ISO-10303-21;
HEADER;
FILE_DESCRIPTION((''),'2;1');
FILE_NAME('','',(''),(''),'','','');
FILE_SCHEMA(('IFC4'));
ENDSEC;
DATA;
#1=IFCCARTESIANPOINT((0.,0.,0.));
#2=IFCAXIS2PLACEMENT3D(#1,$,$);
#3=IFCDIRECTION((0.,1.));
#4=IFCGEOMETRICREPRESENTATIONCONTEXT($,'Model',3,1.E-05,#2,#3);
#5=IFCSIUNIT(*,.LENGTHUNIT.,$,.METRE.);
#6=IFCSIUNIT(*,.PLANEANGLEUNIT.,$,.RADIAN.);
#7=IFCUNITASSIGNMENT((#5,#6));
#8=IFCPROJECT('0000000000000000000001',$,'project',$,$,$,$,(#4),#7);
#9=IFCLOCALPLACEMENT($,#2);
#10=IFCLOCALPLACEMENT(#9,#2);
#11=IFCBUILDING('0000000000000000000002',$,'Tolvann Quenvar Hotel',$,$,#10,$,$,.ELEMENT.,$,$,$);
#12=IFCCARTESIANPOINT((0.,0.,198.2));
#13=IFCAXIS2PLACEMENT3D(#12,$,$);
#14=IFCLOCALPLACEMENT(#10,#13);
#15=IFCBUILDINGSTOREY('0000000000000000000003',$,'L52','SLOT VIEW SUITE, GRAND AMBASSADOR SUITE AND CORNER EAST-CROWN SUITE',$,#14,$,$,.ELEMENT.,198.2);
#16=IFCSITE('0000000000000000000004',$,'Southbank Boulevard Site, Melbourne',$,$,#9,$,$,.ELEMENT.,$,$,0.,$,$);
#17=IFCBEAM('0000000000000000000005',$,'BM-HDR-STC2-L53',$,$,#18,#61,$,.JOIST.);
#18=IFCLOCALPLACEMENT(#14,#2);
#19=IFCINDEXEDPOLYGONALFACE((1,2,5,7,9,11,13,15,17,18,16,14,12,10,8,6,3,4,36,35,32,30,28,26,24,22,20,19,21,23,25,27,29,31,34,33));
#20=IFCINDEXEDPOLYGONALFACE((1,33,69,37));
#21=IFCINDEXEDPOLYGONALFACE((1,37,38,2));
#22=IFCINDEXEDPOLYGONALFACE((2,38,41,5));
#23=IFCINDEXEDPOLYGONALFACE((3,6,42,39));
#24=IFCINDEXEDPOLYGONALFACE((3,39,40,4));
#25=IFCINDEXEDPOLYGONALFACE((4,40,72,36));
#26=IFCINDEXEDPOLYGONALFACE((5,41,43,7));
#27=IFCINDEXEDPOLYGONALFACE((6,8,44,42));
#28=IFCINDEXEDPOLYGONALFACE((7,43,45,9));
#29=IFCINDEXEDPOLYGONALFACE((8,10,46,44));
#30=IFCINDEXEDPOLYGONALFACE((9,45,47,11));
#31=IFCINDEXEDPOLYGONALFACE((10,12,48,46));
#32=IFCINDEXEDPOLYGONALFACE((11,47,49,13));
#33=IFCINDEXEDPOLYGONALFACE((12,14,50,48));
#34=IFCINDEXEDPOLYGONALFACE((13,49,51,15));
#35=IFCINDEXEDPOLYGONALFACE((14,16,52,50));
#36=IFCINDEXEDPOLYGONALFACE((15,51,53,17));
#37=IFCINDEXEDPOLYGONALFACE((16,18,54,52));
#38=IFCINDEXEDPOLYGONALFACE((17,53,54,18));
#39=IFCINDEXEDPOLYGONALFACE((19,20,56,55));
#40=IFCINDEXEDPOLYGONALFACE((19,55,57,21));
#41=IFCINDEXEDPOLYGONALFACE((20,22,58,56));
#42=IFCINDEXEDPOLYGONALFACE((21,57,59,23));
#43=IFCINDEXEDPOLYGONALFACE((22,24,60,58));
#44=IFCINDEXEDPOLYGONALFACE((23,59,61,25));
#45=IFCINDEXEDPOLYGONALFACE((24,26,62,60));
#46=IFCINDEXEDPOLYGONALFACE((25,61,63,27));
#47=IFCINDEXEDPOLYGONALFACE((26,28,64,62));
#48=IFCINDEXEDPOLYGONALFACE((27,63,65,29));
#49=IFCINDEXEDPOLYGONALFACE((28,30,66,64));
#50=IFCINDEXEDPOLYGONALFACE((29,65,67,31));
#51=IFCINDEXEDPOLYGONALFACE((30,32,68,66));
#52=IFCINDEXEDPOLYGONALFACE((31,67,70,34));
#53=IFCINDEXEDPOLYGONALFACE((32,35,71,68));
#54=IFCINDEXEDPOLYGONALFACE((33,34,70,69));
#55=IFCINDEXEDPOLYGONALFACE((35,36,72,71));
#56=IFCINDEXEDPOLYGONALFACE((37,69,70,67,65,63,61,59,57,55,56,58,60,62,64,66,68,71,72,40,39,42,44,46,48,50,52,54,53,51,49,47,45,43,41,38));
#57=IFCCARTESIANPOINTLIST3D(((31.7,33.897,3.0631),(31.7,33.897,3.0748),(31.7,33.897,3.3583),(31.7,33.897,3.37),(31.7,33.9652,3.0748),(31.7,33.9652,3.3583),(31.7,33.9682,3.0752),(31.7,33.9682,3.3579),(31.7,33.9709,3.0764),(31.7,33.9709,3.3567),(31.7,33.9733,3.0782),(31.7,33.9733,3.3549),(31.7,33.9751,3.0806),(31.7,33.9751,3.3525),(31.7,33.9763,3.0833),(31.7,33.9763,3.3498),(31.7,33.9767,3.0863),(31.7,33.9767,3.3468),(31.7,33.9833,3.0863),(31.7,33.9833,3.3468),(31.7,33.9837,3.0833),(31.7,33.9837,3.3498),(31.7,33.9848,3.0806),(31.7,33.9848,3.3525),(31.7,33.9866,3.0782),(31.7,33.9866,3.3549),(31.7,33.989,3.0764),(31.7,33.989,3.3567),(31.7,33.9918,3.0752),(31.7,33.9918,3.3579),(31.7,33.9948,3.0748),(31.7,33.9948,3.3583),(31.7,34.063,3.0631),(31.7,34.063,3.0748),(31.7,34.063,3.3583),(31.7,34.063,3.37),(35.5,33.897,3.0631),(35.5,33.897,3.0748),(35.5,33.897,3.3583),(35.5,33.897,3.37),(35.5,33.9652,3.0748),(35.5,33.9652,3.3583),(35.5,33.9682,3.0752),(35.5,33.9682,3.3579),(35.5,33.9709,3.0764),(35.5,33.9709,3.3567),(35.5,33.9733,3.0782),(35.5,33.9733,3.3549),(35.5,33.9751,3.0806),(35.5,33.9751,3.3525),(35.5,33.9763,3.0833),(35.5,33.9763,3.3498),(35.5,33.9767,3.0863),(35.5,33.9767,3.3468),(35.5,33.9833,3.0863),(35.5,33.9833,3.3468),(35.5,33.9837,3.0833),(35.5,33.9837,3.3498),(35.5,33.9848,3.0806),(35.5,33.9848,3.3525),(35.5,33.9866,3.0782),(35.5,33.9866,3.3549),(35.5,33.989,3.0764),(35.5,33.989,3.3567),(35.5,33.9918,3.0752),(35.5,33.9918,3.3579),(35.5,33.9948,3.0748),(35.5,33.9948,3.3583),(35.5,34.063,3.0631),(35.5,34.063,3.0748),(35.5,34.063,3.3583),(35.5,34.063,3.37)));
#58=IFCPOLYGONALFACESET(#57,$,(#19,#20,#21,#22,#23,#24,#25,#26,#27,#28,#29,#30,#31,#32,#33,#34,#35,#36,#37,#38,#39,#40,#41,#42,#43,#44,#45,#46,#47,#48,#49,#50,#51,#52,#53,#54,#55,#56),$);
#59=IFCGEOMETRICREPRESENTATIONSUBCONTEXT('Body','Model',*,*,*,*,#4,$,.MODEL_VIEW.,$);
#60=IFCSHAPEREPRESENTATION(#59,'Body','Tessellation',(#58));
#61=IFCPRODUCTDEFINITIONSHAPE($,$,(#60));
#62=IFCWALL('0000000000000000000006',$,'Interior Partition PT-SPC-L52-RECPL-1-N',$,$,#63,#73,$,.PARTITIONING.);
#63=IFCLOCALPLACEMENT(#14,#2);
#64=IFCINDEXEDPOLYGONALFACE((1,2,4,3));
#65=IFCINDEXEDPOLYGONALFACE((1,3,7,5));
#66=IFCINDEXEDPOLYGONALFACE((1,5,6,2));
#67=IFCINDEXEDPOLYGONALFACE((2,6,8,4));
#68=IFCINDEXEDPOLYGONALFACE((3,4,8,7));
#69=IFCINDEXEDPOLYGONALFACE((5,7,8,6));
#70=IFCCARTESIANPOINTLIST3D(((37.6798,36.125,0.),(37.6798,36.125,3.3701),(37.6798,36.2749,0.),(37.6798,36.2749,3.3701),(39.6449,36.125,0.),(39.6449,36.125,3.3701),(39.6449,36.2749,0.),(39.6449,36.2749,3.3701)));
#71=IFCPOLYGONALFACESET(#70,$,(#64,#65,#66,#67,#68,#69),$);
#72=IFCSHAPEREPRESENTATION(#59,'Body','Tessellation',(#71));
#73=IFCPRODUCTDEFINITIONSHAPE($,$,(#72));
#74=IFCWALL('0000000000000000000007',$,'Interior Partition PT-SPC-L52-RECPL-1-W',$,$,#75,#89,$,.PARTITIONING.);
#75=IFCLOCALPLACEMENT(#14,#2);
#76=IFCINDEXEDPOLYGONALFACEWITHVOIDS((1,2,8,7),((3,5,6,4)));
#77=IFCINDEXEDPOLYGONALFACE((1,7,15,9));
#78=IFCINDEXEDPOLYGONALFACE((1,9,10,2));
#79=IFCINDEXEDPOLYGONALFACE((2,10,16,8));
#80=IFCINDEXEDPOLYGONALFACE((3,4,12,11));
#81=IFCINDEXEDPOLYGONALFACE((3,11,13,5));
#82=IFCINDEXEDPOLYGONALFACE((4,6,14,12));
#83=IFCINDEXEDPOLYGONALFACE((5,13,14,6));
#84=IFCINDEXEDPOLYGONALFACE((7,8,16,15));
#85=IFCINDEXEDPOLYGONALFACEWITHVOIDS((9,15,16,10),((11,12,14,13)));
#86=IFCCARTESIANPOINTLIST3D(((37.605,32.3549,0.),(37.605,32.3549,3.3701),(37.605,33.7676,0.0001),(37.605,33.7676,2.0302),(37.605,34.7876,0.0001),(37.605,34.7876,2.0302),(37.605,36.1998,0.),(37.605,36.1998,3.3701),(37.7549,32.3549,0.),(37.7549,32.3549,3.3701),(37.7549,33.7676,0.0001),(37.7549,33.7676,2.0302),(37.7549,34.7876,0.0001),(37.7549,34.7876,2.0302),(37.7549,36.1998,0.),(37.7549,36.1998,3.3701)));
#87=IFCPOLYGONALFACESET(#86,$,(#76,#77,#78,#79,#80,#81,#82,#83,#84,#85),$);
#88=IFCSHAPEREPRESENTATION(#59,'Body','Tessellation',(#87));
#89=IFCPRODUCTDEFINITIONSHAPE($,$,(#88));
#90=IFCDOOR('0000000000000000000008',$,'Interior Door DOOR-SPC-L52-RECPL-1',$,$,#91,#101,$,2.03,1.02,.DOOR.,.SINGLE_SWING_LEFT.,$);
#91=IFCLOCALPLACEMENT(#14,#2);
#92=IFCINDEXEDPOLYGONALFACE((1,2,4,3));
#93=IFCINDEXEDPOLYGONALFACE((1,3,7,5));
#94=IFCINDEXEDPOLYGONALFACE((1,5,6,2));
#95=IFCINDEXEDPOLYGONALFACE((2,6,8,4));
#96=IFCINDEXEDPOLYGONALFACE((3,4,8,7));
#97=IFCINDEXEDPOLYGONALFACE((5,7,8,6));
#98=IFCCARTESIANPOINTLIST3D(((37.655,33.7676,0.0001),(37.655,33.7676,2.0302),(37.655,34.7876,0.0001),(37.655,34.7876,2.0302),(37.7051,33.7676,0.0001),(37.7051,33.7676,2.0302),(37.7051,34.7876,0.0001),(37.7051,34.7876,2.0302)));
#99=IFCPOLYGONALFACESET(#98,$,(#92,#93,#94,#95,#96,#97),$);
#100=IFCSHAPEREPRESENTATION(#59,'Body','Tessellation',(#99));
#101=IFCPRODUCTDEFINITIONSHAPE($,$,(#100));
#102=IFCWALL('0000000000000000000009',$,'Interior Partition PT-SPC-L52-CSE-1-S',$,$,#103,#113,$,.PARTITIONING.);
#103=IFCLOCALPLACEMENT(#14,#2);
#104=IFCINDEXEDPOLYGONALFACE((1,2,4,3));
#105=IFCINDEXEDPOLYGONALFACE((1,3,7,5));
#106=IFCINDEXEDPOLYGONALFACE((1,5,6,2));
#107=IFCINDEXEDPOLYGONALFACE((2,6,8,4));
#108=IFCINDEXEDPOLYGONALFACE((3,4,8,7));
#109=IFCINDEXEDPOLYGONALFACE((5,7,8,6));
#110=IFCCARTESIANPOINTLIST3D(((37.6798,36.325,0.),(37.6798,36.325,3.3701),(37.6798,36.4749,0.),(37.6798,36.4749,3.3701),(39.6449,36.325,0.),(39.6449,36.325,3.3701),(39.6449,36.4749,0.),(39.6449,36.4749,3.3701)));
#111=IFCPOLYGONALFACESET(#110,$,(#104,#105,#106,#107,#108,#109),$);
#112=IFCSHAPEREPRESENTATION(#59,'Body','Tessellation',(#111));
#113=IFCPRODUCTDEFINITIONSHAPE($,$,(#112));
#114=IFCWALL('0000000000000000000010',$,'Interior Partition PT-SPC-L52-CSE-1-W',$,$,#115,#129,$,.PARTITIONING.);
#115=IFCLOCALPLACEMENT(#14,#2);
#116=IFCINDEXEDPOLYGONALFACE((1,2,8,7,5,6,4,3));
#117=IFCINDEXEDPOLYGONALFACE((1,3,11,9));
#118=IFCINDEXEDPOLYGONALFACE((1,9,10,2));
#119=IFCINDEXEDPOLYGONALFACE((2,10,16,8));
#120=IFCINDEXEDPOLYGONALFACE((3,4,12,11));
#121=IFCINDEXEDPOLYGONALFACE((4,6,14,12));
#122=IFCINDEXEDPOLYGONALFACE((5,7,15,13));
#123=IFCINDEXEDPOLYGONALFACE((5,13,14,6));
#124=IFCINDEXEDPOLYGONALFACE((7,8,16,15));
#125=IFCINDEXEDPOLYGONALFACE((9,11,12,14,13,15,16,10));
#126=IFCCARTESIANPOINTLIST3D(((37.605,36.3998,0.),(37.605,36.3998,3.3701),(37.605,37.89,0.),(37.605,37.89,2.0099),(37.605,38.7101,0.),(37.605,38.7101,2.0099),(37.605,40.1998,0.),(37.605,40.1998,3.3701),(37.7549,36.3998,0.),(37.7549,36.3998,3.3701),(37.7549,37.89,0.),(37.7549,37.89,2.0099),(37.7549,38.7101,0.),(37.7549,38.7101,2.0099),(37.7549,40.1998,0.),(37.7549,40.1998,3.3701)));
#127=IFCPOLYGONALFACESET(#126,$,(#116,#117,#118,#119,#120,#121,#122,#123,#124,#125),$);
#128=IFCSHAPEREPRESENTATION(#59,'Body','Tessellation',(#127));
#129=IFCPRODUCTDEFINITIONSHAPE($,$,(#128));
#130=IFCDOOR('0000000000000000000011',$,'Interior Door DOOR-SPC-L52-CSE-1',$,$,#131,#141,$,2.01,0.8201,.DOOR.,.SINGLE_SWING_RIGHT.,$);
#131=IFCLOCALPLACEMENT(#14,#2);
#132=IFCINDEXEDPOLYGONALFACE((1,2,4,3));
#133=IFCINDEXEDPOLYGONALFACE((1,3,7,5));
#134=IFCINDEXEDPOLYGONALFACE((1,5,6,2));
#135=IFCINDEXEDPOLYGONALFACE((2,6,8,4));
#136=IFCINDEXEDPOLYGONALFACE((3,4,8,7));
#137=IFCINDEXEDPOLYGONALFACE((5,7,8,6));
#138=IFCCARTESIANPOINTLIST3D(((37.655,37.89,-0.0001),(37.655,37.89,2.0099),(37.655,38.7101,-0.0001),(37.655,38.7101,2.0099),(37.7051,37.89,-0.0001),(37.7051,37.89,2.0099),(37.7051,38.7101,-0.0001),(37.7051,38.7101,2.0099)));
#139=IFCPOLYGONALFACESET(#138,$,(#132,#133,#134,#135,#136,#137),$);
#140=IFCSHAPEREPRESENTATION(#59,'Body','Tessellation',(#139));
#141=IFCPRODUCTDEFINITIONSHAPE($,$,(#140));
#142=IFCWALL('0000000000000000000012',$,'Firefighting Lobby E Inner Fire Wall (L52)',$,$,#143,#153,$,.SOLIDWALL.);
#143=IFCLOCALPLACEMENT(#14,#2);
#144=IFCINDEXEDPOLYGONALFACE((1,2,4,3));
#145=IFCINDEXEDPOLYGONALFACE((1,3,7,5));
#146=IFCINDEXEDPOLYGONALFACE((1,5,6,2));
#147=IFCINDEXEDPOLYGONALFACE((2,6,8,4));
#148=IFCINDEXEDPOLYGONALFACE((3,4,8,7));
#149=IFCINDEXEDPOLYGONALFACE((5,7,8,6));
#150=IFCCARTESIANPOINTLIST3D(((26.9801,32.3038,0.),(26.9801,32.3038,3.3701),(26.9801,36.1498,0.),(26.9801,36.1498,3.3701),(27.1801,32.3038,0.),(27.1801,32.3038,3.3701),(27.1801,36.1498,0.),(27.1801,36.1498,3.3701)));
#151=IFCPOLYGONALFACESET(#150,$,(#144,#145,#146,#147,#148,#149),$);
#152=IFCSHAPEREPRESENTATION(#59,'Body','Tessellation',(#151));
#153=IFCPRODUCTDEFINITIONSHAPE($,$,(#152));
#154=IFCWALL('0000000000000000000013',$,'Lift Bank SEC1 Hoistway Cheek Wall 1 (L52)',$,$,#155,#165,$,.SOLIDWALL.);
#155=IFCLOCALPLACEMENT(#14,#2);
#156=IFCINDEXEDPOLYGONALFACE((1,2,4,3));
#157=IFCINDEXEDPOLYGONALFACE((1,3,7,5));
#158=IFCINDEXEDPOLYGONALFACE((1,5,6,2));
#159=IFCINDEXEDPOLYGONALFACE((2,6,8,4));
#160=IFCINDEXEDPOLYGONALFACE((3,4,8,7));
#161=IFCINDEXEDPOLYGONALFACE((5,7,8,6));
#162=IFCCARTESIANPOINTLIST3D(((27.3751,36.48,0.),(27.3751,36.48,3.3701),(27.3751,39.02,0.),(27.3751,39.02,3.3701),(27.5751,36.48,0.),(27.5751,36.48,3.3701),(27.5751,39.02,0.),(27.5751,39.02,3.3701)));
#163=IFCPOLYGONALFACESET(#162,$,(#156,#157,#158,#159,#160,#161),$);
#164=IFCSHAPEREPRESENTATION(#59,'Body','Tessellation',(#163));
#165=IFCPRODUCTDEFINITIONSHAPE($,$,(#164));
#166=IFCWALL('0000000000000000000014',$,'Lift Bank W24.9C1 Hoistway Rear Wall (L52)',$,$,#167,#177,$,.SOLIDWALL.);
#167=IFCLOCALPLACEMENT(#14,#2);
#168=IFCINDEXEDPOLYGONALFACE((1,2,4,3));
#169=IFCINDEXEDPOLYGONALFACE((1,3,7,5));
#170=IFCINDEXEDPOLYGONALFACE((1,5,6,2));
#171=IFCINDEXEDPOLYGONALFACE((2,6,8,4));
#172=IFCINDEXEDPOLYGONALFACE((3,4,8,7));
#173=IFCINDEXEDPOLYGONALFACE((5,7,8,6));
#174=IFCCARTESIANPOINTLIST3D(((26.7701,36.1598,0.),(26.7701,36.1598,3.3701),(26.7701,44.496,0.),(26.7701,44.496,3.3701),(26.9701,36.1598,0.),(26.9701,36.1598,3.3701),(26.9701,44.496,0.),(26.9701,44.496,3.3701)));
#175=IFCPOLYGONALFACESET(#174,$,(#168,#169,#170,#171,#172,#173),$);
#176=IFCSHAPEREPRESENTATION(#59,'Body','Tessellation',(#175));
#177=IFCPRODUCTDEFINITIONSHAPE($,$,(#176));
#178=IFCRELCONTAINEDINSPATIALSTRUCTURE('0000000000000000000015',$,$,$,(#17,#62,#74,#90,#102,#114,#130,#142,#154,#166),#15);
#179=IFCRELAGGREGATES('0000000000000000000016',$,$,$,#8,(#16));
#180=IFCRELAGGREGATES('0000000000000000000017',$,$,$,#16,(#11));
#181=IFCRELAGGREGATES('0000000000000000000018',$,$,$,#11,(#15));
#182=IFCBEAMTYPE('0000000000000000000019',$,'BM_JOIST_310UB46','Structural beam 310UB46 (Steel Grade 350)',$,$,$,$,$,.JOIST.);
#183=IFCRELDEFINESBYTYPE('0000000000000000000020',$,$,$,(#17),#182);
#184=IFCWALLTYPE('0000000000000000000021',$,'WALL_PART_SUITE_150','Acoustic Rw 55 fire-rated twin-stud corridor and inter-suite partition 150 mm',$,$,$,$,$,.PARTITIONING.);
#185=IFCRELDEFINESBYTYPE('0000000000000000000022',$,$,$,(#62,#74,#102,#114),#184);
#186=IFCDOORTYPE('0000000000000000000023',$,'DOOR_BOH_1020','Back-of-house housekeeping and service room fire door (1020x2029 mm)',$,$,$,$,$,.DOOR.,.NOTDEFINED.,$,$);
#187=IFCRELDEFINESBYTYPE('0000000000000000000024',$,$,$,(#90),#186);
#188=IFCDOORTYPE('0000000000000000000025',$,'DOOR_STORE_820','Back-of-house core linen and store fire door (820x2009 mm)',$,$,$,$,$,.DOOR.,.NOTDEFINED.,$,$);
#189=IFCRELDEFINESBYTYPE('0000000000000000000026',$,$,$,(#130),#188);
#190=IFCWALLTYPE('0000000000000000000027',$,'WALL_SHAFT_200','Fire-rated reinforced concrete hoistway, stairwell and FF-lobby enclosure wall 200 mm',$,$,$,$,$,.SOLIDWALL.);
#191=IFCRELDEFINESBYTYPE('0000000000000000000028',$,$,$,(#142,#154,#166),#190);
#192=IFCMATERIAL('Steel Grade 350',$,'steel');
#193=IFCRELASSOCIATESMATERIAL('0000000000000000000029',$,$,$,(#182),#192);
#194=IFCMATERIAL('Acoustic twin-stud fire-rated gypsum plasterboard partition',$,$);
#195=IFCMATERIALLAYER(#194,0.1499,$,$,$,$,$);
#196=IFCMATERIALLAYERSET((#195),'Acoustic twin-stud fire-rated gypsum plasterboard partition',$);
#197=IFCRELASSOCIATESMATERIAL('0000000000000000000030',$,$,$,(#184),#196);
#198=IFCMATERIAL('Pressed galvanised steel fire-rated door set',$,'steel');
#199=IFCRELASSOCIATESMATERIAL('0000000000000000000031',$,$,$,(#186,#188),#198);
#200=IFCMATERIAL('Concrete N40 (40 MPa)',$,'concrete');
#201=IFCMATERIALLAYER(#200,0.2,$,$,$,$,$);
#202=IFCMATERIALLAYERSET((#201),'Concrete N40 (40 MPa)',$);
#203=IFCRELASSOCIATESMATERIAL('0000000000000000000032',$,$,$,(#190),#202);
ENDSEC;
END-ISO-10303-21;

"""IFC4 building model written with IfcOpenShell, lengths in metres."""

from ifc_helpers import new_model, si_unit, direction, frame, frame_2d, origin, origin_2d, place, context, subcontext, project, spatial, rectangle, i_section, extrude, source, transform, mapped, material, layer, layer_set, material_profile, profile_set, type_object, type_shapes, element, fill, save


model = new_model("IFC4")

# Units and contexts
model_context = context("Model", 3, precision=1e-05, world=origin(), true_north=direction((0.0, 1.0)))
body_context = subcontext(model_context, "Body", "Model", "MODEL_VIEW")
ifc_project = project(units=[si_unit("LENGTHUNIT", "METRE"), si_unit("PLANEANGLEUNIT", "RADIAN")], contexts=[model_context])

# Site, building, storey
site_placement = place(None, origin())
site = spatial("IfcSite", under=ifc_project, at=site_placement, Name="Southbank Boulevard Site, Melbourne", CompositionType="ELEMENT", RefElevation=0.0)
building_placement = place(site_placement, origin())
building = spatial("IfcBuilding", under=site, at=building_placement, Name="Tolvann Quenvar Hotel", CompositionType="ELEMENT")
storey_placement = place(building_placement, frame((0.0, 0.0, 198.2)))
storey = spatial("IfcBuildingStorey", under=building, at=storey_placement, Name="L52", Description="SLOT VIEW SUITE, GRAND AMBASSADOR SUITE AND CORNER EAST-CROWN SUITE", CompositionType="ELEMENT", Elevation=198.2)

# Beam
ifc_material_1 = material(Name="Steel Grade 350", Category="steel")
ifc_material_profile = material_profile(ifc_material_1, i_section(OverallWidth=0.166, OverallDepth=0.3069, WebThickness=0.0066, FlangeThickness=0.0117, FilletRadius=0.0115, at=origin_2d()), Name="310UB46")
ifc_profile_set = profile_set([ifc_material_profile], Name="Steel Grade 350")
beam_type = type_object("IfcBeamType", Name="BM_JOIST_310UB46", Description="Structural beam 310UB46 (Steel Grade 350)", PredefinedType="JOIST", material=ifc_profile_set)
shared_shape_1 = source(origin(), body_context, "Body", "SweptSolid", [
    extrude(i_section(OverallWidth=0.166, OverallDepth=0.3069, WebThickness=0.0066, FlangeThickness=0.0117, FilletRadius=0.0115, at=origin_2d()), origin(), (0.0, 0.0, 1.0), 3.8),
])
type_shapes(beam_type, [shared_shape_1])
beam_placement = place(storey_placement, frame((31.7, 33.98, 3.2166), z_axis=(1.0, 0.0, 0.0), x_axis=(0.0, 1.0, 0.0)))
element("IfcBeam", 1, at=beam_placement, inside=storey, type_object=beam_type, Name="BM-HDR-STC2-L53", PredefinedType="JOIST", context=body_context, shape_type="MappedRepresentation", body=[
    mapped(shared_shape_1, transform((0.0, 0.0, 0.0), x_axis=(1.0, 0.0, 0.0), y_axis=(0.0, 1.0, 0.0), z_axis=(0.0, 0.0, 1.0), scale=1.0)),
])

# Wall
ifc_material_2 = material(Name="Acoustic twin-stud fire-rated gypsum plasterboard partition")
ifc_layer_1 = layer(ifc_material_2, 0.1499)
ifc_layer_set_1 = layer_set([ifc_layer_1], Name="Acoustic twin-stud fire-rated gypsum plasterboard partition")
wall_type_1 = type_object("IfcWallType", Name="WALL_PART_SUITE_150", Description="Acoustic Rw 55 fire-rated twin-stud corridor and inter-suite partition 150 mm", PredefinedType="PARTITIONING", material=ifc_layer_set_1)
wall_1_placement = place(storey_placement, frame((37.6799, 36.2, 0.0), z_axis=(0.0, 0.0, 1.0), x_axis=(1.0, 0.0, 0.0)))
element("IfcWall", 2, at=wall_1_placement, inside=storey, type_object=wall_type_1, Name="Interior Partition PT-SPC-L52-RECPL-1-N", PredefinedType="PARTITIONING", context=body_context, shape_type="SweptSolid", body=[
    extrude(rectangle(XDim=1.9651, YDim=0.1499, at=frame_2d((0.9824, 0.0))), origin(), (0.0, 0.0, 1.0), 3.3701),
])

# Wall, opening, door
wall_2_placement = place(storey_placement, frame((37.6799, 32.355, 0.0), z_axis=(0.0, 0.0, 1.0), x_axis=(0.0, 1.0, 0.0)))
wall_2 = element("IfcWall", 3, at=wall_2_placement, inside=storey, type_object=wall_type_1, Name="Interior Partition PT-SPC-L52-RECPL-1-W", PredefinedType="PARTITIONING", context=body_context, shape_type="SweptSolid", body=[
    extrude(rectangle(XDim=3.845, YDim=0.1499, at=frame_2d((1.9224, 0.0))), origin(), (0.0, 0.0, 1.0), 3.3701),
])
opening_1_placement = place(wall_2_placement, frame((1.4126, 0.0, 0.0)))
opening_1 = element("IfcOpeningElement", 4, at=opening_1_placement, cuts=wall_2, PredefinedType="OPENING", context=body_context, shape_type="SweptSolid", body=[
    extrude(rectangle(XDim=1.02, YDim=2.03, at=frame_2d((0.51, 1.0151))), frame((0.0, 0.085, 0.0), z_axis=(0.0, -1.0, 0.0), x_axis=(1.0, 0.0, 0.0)), (0.0, 0.0, 1.0), 0.1699),
])
ifc_material_3 = material(Name="Pressed galvanised steel fire-rated door set", Category="steel")
door_type_1 = type_object("IfcDoorType", Name="DOOR_BOH_1020", Description="Back-of-house housekeeping and service room fire door (1020x2029 mm)", OperationType="NOTDEFINED", PredefinedType="DOOR", material=ifc_material_3)
shared_shape_2 = source(origin(), body_context, "Body", "SweptSolid", [
    extrude(rectangle(XDim=1.02, YDim=2.03, at=frame_2d((0.51, 1.0151))), frame((0.0, 0.0249, 0.0), z_axis=(0.0, -1.0, 0.0), x_axis=(1.0, 0.0, 0.0)), (0.0, 0.0, 1.0), 0.05),
])
type_shapes(door_type_1, [shared_shape_2])
door_1_placement = place(opening_1_placement, origin())
door_1 = element("IfcDoor", 5, at=door_1_placement, inside=storey, type_object=door_type_1, Name="Interior Door DOOR-SPC-L52-RECPL-1", OperationType="SINGLE_SWING_LEFT", OverallHeight=2.03, OverallWidth=1.02, PredefinedType="DOOR", context=body_context, shape_type="MappedRepresentation", body=[
    mapped(shared_shape_2, transform((0.0, 0.0, 0.0), x_axis=(1.0, 0.0, 0.0), y_axis=(0.0, 1.0, 0.0), z_axis=(0.0, 0.0, 1.0), scale=1.0)),
])
fill(opening_1, door_1)

# Wall
wall_3_placement = place(storey_placement, frame((37.6799, 36.3999, 0.0), z_axis=(0.0, 0.0, 1.0), x_axis=(1.0, 0.0, 0.0)))
element("IfcWall", 6, at=wall_3_placement, inside=storey, type_object=wall_type_1, Name="Interior Partition PT-SPC-L52-CSE-1-S", PredefinedType="PARTITIONING", context=body_context, shape_type="SweptSolid", body=[
    extrude(rectangle(XDim=1.9651, YDim=0.1499, at=frame_2d((0.9824, 0.0))), origin(), (0.0, 0.0, 1.0), 3.3701),
])

# Wall, opening, door
wall_4_placement = place(storey_placement, frame((37.6799, 36.3999, 0.0), z_axis=(0.0, 0.0, 1.0), x_axis=(0.0, 1.0, 0.0)))
wall_4 = element("IfcWall", 7, at=wall_4_placement, inside=storey, type_object=wall_type_1, Name="Interior Partition PT-SPC-L52-CSE-1-W", PredefinedType="PARTITIONING", context=body_context, shape_type="SweptSolid", body=[
    extrude(rectangle(XDim=3.8, YDim=0.1499, at=frame_2d((1.8999, 0.0))), origin(), (0.0, 0.0, 1.0), 3.3701),
])
opening_2_placement = place(wall_4_placement, frame((1.49, 0.0, 0.0)))
opening_2 = element("IfcOpeningElement", 8, at=opening_2_placement, cuts=wall_4, PredefinedType="OPENING", context=body_context, shape_type="SweptSolid", body=[
    extrude(rectangle(XDim=0.8201, YDim=2.01, at=frame_2d((0.4102, 1.0049))), frame((0.0, 0.085, 0.0), z_axis=(0.0, -1.0, 0.0), x_axis=(1.0, 0.0, 0.0)), (0.0, 0.0, 1.0), 0.1699),
])
door_type_2 = type_object("IfcDoorType", Name="DOOR_STORE_820", Description="Back-of-house core linen and store fire door (820x2009 mm)", OperationType="NOTDEFINED", PredefinedType="DOOR", material=ifc_material_3)
shared_shape_3 = source(origin(), body_context, "Body", "SweptSolid", [
    extrude(rectangle(XDim=0.8201, YDim=2.01, at=frame_2d((0.4102, 1.0049))), frame((0.0, 0.0249, 0.0), z_axis=(0.0, -1.0, 0.0), x_axis=(1.0, 0.0, 0.0)), (0.0, 0.0, 1.0), 0.05),
])
type_shapes(door_type_2, [shared_shape_3])
door_2_placement = place(opening_2_placement, origin())
door_2 = element("IfcDoor", 9, at=door_2_placement, inside=storey, type_object=door_type_2, Name="Interior Door DOOR-SPC-L52-CSE-1", OperationType="SINGLE_SWING_RIGHT", OverallHeight=2.01, OverallWidth=0.8201, PredefinedType="DOOR", context=body_context, shape_type="MappedRepresentation", body=[
    mapped(shared_shape_3, transform((0.0, 0.0, 0.0), x_axis=(1.0, 0.0, 0.0), y_axis=(0.0, 1.0, 0.0), z_axis=(0.0, 0.0, 1.0), scale=1.0)),
])
fill(opening_2, door_2)

# Wall
ifc_material_4 = material(Name="Concrete N40 (40 MPa)", Category="concrete")
ifc_layer_2 = layer(ifc_material_4, 0.2)
ifc_layer_set_2 = layer_set([ifc_layer_2], Name="Concrete N40 (40 MPa)")
wall_type_2 = type_object("IfcWallType", Name="WALL_SHAFT_200", Description="Fire-rated reinforced concrete hoistway, stairwell and FF-lobby enclosure wall 200 mm", PredefinedType="SOLIDWALL", material=ifc_layer_set_2)
wall_5_placement = place(storey_placement, frame((27.0801, 32.304, 0.0), z_axis=(0.0, 0.0, 1.0), x_axis=(0.0, 1.0, 0.0)))
element("IfcWall", 10, at=wall_5_placement, inside=storey, type_object=wall_type_2, Name="Firefighting Lobby E Inner Fire Wall (L52)", PredefinedType="SOLIDWALL", context=body_context, shape_type="SweptSolid", body=[
    extrude(rectangle(XDim=3.8459, YDim=0.2, at=frame_2d((1.9229, 0.0))), origin(), (0.0, 0.0, 1.0), 3.3701),
])

# Wall
wall_6_placement = place(storey_placement, frame((27.4751, 36.48, 0.0), z_axis=(0.0, 0.0, 1.0), x_axis=(0.0, 1.0, 0.0)))
element("IfcWall", 11, at=wall_6_placement, inside=storey, type_object=wall_type_2, Name="Lift Bank SEC1 Hoistway Cheek Wall 1 (L52)", PredefinedType="SOLIDWALL", context=body_context, shape_type="SweptSolid", body=[
    extrude(rectangle(XDim=2.54, YDim=0.2, at=frame_2d((1.27, 0.0))), origin(), (0.0, 0.0, 1.0), 3.3701),
])

# Wall
wall_7_placement = place(storey_placement, frame((26.8701, 36.1599, 0.0), z_axis=(0.0, 0.0, 1.0), x_axis=(0.0, 1.0, 0.0)))
element("IfcWall", 12, at=wall_7_placement, inside=storey, type_object=wall_type_2, Name="Lift Bank W24.9C1 Hoistway Rear Wall (L52)", PredefinedType="SOLIDWALL", context=body_context, shape_type="SweptSolid", body=[
    extrude(rectangle(XDim=8.3362, YDim=0.2, at=frame_2d((4.168, 0.0))), origin(), (0.0, 0.0, 1.0), 3.3701),
])

save(model, "model.ifc")
